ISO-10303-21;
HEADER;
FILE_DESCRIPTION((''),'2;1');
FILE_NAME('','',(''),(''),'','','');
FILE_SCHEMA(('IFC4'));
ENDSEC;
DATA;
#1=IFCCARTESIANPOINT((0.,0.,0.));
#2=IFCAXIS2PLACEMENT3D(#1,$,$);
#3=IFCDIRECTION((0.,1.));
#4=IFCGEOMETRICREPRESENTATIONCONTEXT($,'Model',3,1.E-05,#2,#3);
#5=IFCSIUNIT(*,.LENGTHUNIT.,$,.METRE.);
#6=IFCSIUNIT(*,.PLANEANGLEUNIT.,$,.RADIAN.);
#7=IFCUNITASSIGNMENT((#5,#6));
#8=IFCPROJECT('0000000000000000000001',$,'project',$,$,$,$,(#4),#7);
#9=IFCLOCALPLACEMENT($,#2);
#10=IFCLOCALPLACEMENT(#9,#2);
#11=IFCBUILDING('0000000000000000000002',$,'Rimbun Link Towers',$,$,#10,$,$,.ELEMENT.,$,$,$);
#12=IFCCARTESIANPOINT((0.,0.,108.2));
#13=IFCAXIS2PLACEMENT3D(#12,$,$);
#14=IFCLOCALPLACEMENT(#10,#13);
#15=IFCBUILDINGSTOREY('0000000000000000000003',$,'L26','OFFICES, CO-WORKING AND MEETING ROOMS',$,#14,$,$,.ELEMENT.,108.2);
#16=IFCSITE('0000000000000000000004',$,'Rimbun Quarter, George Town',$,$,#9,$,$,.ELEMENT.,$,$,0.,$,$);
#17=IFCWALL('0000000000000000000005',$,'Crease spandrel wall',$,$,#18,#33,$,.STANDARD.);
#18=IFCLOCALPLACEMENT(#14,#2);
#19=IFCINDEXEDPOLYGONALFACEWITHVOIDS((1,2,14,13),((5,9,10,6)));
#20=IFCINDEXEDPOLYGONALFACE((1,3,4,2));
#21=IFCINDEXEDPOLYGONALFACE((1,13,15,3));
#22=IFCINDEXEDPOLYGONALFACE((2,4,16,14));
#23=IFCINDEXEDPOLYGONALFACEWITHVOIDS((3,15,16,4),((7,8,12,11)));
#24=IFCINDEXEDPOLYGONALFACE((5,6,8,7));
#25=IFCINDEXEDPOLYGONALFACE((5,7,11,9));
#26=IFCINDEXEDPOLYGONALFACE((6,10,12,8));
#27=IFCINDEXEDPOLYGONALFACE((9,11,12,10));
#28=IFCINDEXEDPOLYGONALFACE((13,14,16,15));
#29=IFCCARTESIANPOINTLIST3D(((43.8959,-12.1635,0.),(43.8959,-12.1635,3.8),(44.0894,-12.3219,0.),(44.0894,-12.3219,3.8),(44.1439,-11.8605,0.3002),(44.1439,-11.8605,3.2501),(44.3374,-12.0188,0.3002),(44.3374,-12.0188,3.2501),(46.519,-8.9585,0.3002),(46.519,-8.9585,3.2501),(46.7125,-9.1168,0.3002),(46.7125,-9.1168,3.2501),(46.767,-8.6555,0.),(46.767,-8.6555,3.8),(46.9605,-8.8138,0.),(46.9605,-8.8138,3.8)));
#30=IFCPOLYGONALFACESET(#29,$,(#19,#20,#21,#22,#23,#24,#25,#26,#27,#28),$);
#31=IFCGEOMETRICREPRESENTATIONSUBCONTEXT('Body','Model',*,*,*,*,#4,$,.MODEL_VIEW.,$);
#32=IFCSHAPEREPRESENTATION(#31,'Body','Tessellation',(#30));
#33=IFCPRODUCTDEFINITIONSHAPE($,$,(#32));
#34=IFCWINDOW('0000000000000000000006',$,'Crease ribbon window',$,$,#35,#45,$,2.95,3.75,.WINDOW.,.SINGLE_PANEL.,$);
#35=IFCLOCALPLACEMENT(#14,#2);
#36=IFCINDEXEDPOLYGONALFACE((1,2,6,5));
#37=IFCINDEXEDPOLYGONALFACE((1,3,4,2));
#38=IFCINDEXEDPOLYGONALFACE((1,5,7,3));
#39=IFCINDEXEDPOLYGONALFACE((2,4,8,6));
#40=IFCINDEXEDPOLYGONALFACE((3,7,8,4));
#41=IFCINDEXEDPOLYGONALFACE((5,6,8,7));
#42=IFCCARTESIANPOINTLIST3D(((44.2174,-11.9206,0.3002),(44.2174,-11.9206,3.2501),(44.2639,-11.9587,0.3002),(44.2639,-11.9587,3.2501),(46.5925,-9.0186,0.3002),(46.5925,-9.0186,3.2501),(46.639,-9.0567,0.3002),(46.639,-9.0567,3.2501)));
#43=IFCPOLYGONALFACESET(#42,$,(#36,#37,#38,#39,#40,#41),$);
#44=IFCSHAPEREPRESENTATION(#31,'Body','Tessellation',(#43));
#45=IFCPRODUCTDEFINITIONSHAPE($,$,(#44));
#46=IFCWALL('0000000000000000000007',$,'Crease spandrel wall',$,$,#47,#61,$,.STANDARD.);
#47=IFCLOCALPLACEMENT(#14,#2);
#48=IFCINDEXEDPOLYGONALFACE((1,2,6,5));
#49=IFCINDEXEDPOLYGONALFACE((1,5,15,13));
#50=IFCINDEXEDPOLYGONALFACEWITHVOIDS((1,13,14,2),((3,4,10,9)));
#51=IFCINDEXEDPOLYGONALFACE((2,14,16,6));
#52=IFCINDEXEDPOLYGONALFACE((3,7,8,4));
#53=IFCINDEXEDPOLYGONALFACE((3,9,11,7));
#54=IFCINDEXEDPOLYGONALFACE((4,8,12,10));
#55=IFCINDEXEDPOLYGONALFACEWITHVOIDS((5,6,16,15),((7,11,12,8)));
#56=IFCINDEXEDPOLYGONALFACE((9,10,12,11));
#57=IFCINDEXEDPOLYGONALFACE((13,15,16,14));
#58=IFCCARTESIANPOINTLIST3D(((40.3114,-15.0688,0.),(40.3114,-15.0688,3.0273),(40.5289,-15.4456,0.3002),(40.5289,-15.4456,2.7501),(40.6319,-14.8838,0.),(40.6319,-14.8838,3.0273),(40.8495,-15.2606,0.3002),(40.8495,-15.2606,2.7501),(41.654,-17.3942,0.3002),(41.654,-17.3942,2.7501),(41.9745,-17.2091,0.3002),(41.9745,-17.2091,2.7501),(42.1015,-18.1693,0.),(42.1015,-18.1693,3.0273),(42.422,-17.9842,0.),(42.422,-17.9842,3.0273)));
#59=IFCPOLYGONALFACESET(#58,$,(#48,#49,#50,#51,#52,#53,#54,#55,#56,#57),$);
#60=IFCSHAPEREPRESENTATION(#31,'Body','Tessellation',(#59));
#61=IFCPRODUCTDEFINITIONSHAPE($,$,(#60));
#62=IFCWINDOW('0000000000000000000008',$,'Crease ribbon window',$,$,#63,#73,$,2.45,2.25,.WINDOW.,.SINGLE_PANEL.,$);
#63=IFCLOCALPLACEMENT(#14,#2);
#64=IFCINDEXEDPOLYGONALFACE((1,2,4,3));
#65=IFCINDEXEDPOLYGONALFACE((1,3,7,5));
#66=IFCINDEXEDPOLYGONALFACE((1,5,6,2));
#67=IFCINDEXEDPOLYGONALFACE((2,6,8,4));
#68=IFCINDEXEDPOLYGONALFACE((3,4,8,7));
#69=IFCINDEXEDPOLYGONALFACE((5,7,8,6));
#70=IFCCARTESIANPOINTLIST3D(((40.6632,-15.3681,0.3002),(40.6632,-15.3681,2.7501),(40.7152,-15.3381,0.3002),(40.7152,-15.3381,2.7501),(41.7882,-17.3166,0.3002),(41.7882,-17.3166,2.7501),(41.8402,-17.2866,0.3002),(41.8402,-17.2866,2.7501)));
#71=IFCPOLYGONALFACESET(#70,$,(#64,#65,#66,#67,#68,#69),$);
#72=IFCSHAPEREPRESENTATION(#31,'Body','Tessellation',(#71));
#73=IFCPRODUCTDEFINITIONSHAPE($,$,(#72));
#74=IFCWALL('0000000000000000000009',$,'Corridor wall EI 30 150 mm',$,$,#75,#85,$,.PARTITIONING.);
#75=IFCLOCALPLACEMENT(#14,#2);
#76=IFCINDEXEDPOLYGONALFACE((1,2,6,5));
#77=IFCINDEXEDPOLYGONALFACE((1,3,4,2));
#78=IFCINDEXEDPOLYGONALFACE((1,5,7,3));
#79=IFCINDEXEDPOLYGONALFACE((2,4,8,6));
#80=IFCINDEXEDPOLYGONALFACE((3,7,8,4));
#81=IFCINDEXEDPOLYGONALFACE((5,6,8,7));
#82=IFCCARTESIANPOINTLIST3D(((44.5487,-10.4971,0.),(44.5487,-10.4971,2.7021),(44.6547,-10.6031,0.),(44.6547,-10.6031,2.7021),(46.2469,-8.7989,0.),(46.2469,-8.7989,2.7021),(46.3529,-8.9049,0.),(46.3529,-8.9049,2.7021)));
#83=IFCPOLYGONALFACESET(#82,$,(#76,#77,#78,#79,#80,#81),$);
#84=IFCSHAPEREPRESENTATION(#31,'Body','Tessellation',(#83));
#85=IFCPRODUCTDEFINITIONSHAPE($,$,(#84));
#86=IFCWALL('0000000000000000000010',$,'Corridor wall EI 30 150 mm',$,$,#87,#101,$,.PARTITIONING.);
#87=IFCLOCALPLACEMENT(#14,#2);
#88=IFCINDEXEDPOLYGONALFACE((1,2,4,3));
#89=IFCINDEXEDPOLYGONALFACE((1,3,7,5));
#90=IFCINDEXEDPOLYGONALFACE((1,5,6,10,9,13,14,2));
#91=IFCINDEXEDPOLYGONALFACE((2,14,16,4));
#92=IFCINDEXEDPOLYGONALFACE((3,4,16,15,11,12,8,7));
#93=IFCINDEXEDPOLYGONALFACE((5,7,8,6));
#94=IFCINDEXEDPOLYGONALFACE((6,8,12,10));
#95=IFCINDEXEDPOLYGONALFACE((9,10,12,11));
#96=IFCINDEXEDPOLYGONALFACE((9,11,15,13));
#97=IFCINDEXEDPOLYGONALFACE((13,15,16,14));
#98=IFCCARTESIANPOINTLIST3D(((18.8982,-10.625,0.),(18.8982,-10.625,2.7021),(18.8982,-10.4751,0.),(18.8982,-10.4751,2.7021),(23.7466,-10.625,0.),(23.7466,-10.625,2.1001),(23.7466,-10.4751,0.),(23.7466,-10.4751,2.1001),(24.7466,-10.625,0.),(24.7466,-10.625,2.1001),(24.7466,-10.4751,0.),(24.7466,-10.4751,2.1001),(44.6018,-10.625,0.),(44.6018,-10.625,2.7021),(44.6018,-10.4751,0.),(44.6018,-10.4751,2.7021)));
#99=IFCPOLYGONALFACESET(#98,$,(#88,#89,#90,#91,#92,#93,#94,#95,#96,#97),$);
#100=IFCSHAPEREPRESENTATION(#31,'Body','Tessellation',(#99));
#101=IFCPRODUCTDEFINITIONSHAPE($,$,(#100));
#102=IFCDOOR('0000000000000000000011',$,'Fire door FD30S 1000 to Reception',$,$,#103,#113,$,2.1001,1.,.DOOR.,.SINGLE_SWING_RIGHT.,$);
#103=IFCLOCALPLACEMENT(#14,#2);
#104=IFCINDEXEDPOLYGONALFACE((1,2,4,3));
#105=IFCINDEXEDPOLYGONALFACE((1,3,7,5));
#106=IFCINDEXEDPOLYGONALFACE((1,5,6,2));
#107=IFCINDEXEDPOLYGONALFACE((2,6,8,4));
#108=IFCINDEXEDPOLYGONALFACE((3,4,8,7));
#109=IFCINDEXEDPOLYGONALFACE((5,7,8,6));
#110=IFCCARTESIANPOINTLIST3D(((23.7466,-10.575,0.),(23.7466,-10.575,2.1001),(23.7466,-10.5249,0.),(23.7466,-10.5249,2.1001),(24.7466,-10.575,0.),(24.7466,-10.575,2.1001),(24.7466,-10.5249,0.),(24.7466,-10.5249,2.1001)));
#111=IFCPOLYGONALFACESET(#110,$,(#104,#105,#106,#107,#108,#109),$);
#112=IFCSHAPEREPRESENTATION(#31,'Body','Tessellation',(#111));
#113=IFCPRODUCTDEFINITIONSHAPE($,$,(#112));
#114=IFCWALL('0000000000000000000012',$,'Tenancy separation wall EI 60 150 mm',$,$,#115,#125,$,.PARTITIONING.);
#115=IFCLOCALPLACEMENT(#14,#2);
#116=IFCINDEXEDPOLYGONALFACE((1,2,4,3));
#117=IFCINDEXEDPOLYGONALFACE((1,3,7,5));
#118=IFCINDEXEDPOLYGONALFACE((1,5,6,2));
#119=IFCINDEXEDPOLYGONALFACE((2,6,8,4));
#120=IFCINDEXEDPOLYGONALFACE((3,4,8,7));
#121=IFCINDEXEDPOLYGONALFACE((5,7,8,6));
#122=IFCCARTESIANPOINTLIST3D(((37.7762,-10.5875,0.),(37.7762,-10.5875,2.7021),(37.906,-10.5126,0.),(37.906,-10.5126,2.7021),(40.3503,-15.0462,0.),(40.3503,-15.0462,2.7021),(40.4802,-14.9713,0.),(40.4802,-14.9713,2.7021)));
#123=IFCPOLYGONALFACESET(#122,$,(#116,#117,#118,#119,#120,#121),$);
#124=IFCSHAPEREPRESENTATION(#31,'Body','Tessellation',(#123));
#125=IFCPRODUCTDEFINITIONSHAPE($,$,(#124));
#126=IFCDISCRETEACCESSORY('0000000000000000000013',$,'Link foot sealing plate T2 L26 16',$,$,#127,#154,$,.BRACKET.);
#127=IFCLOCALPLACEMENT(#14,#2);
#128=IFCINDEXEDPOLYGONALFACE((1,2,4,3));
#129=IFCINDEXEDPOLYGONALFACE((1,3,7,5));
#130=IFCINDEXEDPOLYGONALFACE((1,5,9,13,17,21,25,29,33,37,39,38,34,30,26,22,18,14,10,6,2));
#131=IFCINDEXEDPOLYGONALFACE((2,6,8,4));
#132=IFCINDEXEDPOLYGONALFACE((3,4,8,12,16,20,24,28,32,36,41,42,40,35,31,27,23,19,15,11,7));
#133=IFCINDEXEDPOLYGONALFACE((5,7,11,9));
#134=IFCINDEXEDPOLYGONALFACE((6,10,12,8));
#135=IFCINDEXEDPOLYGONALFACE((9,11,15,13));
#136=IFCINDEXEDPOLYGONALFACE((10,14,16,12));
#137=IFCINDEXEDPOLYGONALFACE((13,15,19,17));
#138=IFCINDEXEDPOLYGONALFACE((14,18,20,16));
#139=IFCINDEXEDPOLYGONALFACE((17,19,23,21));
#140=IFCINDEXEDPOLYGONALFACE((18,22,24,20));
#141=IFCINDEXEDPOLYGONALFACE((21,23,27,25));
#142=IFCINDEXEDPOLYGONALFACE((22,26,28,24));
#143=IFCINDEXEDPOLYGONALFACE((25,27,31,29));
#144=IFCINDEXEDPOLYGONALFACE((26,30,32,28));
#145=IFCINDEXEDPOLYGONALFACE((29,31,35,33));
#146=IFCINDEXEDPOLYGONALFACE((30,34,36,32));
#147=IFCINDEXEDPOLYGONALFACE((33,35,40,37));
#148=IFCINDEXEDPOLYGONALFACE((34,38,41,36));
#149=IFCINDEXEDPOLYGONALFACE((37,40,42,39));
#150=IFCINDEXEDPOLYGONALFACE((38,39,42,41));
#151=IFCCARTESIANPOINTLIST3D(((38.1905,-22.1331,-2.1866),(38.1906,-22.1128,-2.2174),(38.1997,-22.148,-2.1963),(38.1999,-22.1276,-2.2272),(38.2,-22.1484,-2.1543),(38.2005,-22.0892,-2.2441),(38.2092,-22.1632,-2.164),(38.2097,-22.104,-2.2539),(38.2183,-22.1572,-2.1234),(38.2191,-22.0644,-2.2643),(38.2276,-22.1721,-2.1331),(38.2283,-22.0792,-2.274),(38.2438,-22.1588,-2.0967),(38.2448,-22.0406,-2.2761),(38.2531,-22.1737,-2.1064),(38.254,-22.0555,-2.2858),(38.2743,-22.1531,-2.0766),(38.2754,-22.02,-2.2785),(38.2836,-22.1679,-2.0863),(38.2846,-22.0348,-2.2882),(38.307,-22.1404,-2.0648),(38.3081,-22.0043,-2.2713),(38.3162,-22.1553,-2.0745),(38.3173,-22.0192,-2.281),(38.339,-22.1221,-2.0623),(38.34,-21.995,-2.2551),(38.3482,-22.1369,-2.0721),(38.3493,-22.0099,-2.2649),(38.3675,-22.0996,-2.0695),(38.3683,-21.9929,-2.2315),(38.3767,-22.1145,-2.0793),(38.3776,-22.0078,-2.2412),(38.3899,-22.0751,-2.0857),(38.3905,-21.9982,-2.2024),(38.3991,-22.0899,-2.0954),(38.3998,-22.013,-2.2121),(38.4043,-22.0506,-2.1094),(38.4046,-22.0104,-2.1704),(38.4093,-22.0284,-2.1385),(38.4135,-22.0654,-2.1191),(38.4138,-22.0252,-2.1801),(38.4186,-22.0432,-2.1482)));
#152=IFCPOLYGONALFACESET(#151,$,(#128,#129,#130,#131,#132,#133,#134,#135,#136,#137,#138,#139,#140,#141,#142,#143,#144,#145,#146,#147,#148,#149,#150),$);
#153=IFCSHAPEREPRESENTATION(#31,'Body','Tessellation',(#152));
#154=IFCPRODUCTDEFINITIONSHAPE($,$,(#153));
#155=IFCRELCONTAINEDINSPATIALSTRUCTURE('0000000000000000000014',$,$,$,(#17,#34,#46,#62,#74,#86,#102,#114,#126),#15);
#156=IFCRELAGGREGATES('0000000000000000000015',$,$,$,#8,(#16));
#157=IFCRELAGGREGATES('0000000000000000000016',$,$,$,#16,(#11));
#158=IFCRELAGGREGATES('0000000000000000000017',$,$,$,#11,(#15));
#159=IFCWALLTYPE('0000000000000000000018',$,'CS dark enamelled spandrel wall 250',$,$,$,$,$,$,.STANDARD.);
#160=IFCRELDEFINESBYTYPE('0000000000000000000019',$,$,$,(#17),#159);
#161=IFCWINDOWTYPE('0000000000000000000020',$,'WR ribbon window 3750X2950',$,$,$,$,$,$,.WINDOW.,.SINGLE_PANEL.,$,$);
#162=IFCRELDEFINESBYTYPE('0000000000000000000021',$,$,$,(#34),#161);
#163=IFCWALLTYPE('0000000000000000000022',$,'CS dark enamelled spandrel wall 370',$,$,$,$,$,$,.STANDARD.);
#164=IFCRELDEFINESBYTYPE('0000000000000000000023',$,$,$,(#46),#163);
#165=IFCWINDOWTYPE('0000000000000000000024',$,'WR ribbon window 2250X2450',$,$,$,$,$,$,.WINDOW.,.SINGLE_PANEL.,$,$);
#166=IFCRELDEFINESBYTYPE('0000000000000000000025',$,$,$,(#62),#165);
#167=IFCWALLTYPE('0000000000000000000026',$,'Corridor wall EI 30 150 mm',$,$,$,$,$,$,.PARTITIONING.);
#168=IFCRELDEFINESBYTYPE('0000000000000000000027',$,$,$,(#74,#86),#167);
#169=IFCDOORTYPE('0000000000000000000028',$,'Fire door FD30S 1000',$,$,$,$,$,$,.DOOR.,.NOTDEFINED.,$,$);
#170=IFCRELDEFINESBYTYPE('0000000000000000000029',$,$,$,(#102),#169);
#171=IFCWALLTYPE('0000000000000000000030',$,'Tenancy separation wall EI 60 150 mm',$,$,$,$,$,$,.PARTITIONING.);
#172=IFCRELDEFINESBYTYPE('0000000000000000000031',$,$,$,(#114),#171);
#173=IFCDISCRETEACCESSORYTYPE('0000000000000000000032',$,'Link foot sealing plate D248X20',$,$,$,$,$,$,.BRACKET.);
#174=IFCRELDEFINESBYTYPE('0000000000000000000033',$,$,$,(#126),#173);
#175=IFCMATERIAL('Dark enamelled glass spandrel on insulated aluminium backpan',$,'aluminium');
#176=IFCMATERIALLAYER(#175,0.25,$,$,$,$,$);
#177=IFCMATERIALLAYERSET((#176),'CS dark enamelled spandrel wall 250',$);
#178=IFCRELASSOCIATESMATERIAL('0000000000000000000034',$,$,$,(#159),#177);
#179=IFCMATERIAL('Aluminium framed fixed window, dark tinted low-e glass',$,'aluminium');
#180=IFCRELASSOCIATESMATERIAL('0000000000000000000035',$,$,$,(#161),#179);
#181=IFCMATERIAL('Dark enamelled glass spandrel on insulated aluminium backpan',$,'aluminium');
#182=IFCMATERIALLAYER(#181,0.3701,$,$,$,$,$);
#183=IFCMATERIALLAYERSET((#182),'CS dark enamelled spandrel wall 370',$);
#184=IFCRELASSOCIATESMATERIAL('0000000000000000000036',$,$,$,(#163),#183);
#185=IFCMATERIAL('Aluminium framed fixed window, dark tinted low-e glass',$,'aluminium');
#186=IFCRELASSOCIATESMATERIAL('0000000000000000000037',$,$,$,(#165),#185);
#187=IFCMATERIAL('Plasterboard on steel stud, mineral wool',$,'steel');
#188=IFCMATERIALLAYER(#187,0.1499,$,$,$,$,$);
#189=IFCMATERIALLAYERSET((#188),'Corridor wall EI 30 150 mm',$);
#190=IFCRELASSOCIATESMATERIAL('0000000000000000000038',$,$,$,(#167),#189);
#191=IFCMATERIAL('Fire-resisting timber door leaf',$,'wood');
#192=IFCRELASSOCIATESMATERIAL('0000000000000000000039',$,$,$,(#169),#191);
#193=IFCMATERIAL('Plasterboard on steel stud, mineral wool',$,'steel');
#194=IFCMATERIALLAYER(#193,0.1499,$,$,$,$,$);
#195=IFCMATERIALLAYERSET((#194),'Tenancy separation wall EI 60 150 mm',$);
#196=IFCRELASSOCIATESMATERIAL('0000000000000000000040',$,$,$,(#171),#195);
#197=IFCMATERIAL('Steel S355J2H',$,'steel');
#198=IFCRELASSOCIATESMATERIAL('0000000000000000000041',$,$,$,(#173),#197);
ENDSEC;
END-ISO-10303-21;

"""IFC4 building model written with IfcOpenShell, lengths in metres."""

from ifc_helpers import new_model, si_unit, direction, frame, frame_2d, origin, origin_2d, place, context, subcontext, project, spatial, rectangle, circle, extrude, material, layer, layer_set, material_profile, profile_set, type_object, element, fill, save


model = new_model("IFC4")

# Units and contexts
model_context = context("Model", 3, precision=1e-05, world=origin(), true_north=direction((0.0, 1.0)))
body_context = subcontext(model_context, "Body", "Model", "MODEL_VIEW")
ifc_project = project(units=[si_unit("LENGTHUNIT", "METRE"), si_unit("PLANEANGLEUNIT", "RADIAN")], contexts=[model_context])

# Site, building, storey
site_placement = place(None, origin())
site = spatial("IfcSite", under=ifc_project, at=site_placement, Name="Rimbun Quarter, George Town", CompositionType="ELEMENT", RefElevation=0.0)
building_placement = place(site_placement, origin())
building = spatial("IfcBuilding", under=site, at=building_placement, Name="Rimbun Link Towers", CompositionType="ELEMENT")
storey_placement = place(building_placement, frame((0.0, 0.0, 108.2)))
storey = spatial("IfcBuildingStorey", under=building, at=storey_placement, Name="L26", Description="OFFICES, CO-WORKING AND MEETING ROOMS", CompositionType="ELEMENT", Elevation=108.2)

# Walls, openings, windows
ifc_material_1 = material(Name="Dark enamelled glass spandrel on insulated aluminium backpan", Category="aluminium")
ifc_layer_1 = layer(ifc_material_1, 0.25)
ifc_layer_set_1 = layer_set([ifc_layer_1], Name="CS dark enamelled spandrel wall 250")
wall_type_1 = type_object("IfcWallType", Name="CS dark enamelled spandrel wall 250", PredefinedType="STANDARD", material=ifc_layer_set_1)
wall_1_placement = place(storey_placement, frame((46.8638, -8.7346, 0.0), z_axis=(0.0, 0.0, 1.0), x_axis=(-0.633352, -0.773864, 0.0)))
wall_1 = element("IfcWall", 1, at=wall_1_placement, inside=storey, type_object=wall_type_1, Name="Crease spandrel wall", PredefinedType="STANDARD", context=body_context, shape_type="SweptSolid", body=[
    extrude(rectangle(XDim=4.5332, YDim=0.25, at=frame_2d((2.2666, 0.0))), origin(), (0.0, 0.0, 1.0), 3.8),
])
opening_1_placement = place(wall_1_placement, frame((0.3916, 0.0, 0.3)))
opening_1 = element("IfcOpeningElement", 2, at=opening_1_placement, cuts=wall_1, PredefinedType="OPENING", context=body_context, shape_type="SweptSolid", body=[
    extrude(rectangle(XDim=3.75, YDim=2.95, at=frame_2d((1.875, 1.4751))), frame((0.0, 0.135, 0.0), z_axis=(0.0, -1.0, 0.0), x_axis=(1.0, 0.0, 0.0)), (0.0, 0.0, 1.0), 0.27),
])
ifc_material_2 = material(Name="Aluminium framed fixed window, dark tinted low-e glass", Category="aluminium")
window_type_1 = type_object("IfcWindowType", Name="WR ribbon window 3750X2950", PartitioningType="SINGLE_PANEL", PredefinedType="WINDOW", material=ifc_material_2)
window_1_placement = place(opening_1_placement, origin())
window_1 = element("IfcWindow", 3, at=window_1_placement, inside=storey, type_object=window_type_1, Name="Crease ribbon window", OverallHeight=2.95, OverallWidth=3.75, PartitioningType="SINGLE_PANEL", PredefinedType="WINDOW", context=body_context, shape_type="SweptSolid", body=[
    extrude(rectangle(XDim=3.75, YDim=2.95, at=frame_2d((1.875, 1.4751))), frame((0.0, 0.03, 0.0), z_axis=(0.0, -1.0, 0.0), x_axis=(1.0, 0.0, 0.0)), (0.0, 0.0, 1.0), 0.0601),
])
fill(opening_1, window_1)
ifc_material_3 = material(Name="Dark enamelled glass spandrel on insulated aluminium backpan", Category="aluminium")
ifc_layer_2 = layer(ifc_material_3, 0.3701)
ifc_layer_set_2 = layer_set([ifc_layer_2], Name="CS dark enamelled spandrel wall 370")
wall_type_2 = type_object("IfcWallType", Name="CS dark enamelled spandrel wall 370", PredefinedType="STANDARD", material=ifc_layer_set_2)
wall_2_placement = place(storey_placement, frame((40.4717, -14.9763, 0.0), z_axis=(0.0, 0.0, 1.0), x_axis=(0.500012, -0.866019, 0.0)))
wall_2 = element("IfcWall", 4, at=wall_2_placement, inside=storey, type_object=wall_type_2, Name="Crease spandrel wall", PredefinedType="STANDARD", context=body_context, shape_type="SweptSolid", body=[
    extrude(rectangle(XDim=3.5801, YDim=0.3701, at=frame_2d((1.79, 0.0))), origin(), (0.0, 0.0, 1.0), 3.0273),
])
opening_2_placement = place(wall_2_placement, frame((0.4351, 0.0, 0.3)))
opening_2 = element("IfcOpeningElement", 5, at=opening_2_placement, cuts=wall_2, PredefinedType="OPENING", context=body_context, shape_type="SweptSolid", body=[
    extrude(rectangle(XDim=2.25, YDim=2.45, at=frame_2d((1.125, 1.2251))), frame((0.0, 0.1951, 0.0), z_axis=(0.0, -1.0, 0.0), x_axis=(1.0, 0.0, 0.0)), (0.0, 0.0, 1.0), 0.3901),
])
ifc_material_4 = material(Name="Aluminium framed fixed window, dark tinted low-e glass", Category="aluminium")
window_type_2 = type_object("IfcWindowType", Name="WR ribbon window 2250X2450", PartitioningType="SINGLE_PANEL", PredefinedType="WINDOW", material=ifc_material_4)
window_2_placement = place(opening_2_placement, origin())
window_2 = element("IfcWindow", 6, at=window_2_placement, inside=storey, type_object=window_type_2, Name="Crease ribbon window", OverallHeight=2.45, OverallWidth=2.25, PartitioningType="SINGLE_PANEL", PredefinedType="WINDOW", context=body_context, shape_type="SweptSolid", body=[
    extrude(rectangle(XDim=2.25, YDim=2.45, at=frame_2d((1.125, 1.2251))), frame((0.0, 0.03, 0.0), z_axis=(0.0, -1.0, 0.0), x_axis=(1.0, 0.0, 0.0)), (0.0, 0.0, 1.0), 0.0601),
])
fill(opening_2, window_2)

# Wall
ifc_material_5 = material(Name="Plasterboard on steel stud, mineral wool", Category="steel")
ifc_layer_3 = layer(ifc_material_5, 0.1499)
ifc_layer_set_3 = layer_set([ifc_layer_3], Name="Corridor wall EI 30 150 mm")
wall_type_3 = type_object("IfcWallType", Name="Corridor wall EI 30 150 mm", PredefinedType="PARTITIONING", material=ifc_layer_set_3)
wall_3_placement = place(storey_placement, frame((44.6018, -10.55, 0.0), z_axis=(0.0, 0.0, 1.0), x_axis=(0.707107, 0.707107, 0.0)))
element("IfcWall", 7, at=wall_3_placement, inside=storey, type_object=wall_type_3, Name="Corridor wall EI 30 150 mm", PredefinedType="PARTITIONING", context=body_context, shape_type="SweptSolid", body=[
    extrude(rectangle(XDim=2.4016, YDim=0.1499, at=frame_2d((1.2007, 0.0))), origin(), (0.0, 0.0, 1.0), 2.7021),
])

# Wall, opening, door
wall_4_placement = place(storey_placement, frame((44.6018, -10.55, 0.0), z_axis=(0.0, 0.0, 1.0), x_axis=(-1.0, 0.0, 0.0)))
wall_4 = element("IfcWall", 8, at=wall_4_placement, inside=storey, type_object=wall_type_3, Name="Corridor wall EI 30 150 mm", PredefinedType="PARTITIONING", context=body_context, shape_type="SweptSolid", body=[
    extrude(rectangle(XDim=25.7036, YDim=0.1499, at=frame_2d((12.8518, 0.0))), origin(), (0.0, 0.0, 1.0), 2.7021),
])
opening_3_placement = place(wall_4_placement, frame((19.8552, 0.0, 0.0)))
opening_3 = element("IfcOpeningElement", 9, at=opening_3_placement, cuts=wall_4, PredefinedType="OPENING", context=body_context, shape_type="SweptSolid", body=[
    extrude(rectangle(XDim=1.0, YDim=2.1001, at=frame_2d((0.5, 1.05))), frame((0.0, 0.085, 0.0), z_axis=(0.0, -1.0, 0.0), x_axis=(1.0, 0.0, 0.0)), (0.0, 0.0, 1.0), 0.1699),
])
ifc_material_6 = material(Name="Fire-resisting timber door leaf", Category="wood")
door_type = type_object("IfcDoorType", Name="Fire door FD30S 1000", OperationType="NOTDEFINED", PredefinedType="DOOR", material=ifc_material_6)
door_placement = place(opening_3_placement, origin())
door = element("IfcDoor", 10, at=door_placement, inside=storey, type_object=door_type, Name="Fire door FD30S 1000 to Reception", OperationType="SINGLE_SWING_RIGHT", OverallHeight=2.1001, OverallWidth=1.0, PredefinedType="DOOR", context=body_context, shape_type="SweptSolid", body=[
    extrude(rectangle(XDim=1.0, YDim=2.1001, at=frame_2d((0.5, 1.05))), frame((0.0, 0.0249, 0.0), z_axis=(0.0, -1.0, 0.0), x_axis=(1.0, 0.0, 0.0)), (0.0, 0.0, 1.0), 0.05),
])
fill(opening_3, door)

# Wall
ifc_material_7 = material(Name="Plasterboard on steel stud, mineral wool", Category="steel")
ifc_layer_4 = layer(ifc_material_7, 0.1499)
ifc_layer_set_4 = layer_set([ifc_layer_4], Name="Tenancy separation wall EI 60 150 mm")
wall_type_4 = type_object("IfcWallType", Name="Tenancy separation wall EI 60 150 mm", PredefinedType="PARTITIONING", material=ifc_layer_set_4)
wall_5_placement = place(storey_placement, frame((37.8411, -10.55, 0.0), z_axis=(0.0, 0.0, 1.0), x_axis=(0.499995, -0.866028, 0.0)))
element("IfcWall", 11, at=wall_5_placement, inside=storey, type_object=wall_type_4, Name="Tenancy separation wall EI 60 150 mm", PredefinedType="PARTITIONING", context=body_context, shape_type="SweptSolid", body=[
    extrude(rectangle(XDim=5.1484, YDim=0.1499, at=frame_2d((2.5742, 0.0))), origin(), (0.0, 0.0, 1.0), 2.7021),
])

# Discrete accessory
ifc_material_8 = material(Name="Steel S355J2H", Category="steel")
ifc_material_profile_1 = material_profile(ifc_material_8, circle(Radius=0.124, at=origin_2d()), Name="PL D248")
ifc_profile_set_1 = profile_set([ifc_material_profile_1], Name="Steel S355J2H")
discrete_accessory_type = type_object("IfcDiscreteAccessoryType", Name="Link foot sealing plate D248X20", PredefinedType="BRACKET", material=ifc_profile_set_1)
discrete_accessory_placement = place(storey_placement, frame((38.2993, -22.0759, -2.1704), z_axis=(0.462008, -0.741645, -0.486324), x_axis=(0.848779, 0.528748, 0.0)))
element("IfcDiscreteAccessory", 12, at=discrete_accessory_placement, inside=storey, type_object=discrete_accessory_type, Name="Link foot sealing plate T2 L26 16", PredefinedType="BRACKET", context=body_context, shape_type="SweptSolid", body=[
    extrude(circle(Radius=0.124, at=origin_2d()), origin(), (0.0, 0.0, 1.0), 0.02),
])

save(model, "model.ifc")
